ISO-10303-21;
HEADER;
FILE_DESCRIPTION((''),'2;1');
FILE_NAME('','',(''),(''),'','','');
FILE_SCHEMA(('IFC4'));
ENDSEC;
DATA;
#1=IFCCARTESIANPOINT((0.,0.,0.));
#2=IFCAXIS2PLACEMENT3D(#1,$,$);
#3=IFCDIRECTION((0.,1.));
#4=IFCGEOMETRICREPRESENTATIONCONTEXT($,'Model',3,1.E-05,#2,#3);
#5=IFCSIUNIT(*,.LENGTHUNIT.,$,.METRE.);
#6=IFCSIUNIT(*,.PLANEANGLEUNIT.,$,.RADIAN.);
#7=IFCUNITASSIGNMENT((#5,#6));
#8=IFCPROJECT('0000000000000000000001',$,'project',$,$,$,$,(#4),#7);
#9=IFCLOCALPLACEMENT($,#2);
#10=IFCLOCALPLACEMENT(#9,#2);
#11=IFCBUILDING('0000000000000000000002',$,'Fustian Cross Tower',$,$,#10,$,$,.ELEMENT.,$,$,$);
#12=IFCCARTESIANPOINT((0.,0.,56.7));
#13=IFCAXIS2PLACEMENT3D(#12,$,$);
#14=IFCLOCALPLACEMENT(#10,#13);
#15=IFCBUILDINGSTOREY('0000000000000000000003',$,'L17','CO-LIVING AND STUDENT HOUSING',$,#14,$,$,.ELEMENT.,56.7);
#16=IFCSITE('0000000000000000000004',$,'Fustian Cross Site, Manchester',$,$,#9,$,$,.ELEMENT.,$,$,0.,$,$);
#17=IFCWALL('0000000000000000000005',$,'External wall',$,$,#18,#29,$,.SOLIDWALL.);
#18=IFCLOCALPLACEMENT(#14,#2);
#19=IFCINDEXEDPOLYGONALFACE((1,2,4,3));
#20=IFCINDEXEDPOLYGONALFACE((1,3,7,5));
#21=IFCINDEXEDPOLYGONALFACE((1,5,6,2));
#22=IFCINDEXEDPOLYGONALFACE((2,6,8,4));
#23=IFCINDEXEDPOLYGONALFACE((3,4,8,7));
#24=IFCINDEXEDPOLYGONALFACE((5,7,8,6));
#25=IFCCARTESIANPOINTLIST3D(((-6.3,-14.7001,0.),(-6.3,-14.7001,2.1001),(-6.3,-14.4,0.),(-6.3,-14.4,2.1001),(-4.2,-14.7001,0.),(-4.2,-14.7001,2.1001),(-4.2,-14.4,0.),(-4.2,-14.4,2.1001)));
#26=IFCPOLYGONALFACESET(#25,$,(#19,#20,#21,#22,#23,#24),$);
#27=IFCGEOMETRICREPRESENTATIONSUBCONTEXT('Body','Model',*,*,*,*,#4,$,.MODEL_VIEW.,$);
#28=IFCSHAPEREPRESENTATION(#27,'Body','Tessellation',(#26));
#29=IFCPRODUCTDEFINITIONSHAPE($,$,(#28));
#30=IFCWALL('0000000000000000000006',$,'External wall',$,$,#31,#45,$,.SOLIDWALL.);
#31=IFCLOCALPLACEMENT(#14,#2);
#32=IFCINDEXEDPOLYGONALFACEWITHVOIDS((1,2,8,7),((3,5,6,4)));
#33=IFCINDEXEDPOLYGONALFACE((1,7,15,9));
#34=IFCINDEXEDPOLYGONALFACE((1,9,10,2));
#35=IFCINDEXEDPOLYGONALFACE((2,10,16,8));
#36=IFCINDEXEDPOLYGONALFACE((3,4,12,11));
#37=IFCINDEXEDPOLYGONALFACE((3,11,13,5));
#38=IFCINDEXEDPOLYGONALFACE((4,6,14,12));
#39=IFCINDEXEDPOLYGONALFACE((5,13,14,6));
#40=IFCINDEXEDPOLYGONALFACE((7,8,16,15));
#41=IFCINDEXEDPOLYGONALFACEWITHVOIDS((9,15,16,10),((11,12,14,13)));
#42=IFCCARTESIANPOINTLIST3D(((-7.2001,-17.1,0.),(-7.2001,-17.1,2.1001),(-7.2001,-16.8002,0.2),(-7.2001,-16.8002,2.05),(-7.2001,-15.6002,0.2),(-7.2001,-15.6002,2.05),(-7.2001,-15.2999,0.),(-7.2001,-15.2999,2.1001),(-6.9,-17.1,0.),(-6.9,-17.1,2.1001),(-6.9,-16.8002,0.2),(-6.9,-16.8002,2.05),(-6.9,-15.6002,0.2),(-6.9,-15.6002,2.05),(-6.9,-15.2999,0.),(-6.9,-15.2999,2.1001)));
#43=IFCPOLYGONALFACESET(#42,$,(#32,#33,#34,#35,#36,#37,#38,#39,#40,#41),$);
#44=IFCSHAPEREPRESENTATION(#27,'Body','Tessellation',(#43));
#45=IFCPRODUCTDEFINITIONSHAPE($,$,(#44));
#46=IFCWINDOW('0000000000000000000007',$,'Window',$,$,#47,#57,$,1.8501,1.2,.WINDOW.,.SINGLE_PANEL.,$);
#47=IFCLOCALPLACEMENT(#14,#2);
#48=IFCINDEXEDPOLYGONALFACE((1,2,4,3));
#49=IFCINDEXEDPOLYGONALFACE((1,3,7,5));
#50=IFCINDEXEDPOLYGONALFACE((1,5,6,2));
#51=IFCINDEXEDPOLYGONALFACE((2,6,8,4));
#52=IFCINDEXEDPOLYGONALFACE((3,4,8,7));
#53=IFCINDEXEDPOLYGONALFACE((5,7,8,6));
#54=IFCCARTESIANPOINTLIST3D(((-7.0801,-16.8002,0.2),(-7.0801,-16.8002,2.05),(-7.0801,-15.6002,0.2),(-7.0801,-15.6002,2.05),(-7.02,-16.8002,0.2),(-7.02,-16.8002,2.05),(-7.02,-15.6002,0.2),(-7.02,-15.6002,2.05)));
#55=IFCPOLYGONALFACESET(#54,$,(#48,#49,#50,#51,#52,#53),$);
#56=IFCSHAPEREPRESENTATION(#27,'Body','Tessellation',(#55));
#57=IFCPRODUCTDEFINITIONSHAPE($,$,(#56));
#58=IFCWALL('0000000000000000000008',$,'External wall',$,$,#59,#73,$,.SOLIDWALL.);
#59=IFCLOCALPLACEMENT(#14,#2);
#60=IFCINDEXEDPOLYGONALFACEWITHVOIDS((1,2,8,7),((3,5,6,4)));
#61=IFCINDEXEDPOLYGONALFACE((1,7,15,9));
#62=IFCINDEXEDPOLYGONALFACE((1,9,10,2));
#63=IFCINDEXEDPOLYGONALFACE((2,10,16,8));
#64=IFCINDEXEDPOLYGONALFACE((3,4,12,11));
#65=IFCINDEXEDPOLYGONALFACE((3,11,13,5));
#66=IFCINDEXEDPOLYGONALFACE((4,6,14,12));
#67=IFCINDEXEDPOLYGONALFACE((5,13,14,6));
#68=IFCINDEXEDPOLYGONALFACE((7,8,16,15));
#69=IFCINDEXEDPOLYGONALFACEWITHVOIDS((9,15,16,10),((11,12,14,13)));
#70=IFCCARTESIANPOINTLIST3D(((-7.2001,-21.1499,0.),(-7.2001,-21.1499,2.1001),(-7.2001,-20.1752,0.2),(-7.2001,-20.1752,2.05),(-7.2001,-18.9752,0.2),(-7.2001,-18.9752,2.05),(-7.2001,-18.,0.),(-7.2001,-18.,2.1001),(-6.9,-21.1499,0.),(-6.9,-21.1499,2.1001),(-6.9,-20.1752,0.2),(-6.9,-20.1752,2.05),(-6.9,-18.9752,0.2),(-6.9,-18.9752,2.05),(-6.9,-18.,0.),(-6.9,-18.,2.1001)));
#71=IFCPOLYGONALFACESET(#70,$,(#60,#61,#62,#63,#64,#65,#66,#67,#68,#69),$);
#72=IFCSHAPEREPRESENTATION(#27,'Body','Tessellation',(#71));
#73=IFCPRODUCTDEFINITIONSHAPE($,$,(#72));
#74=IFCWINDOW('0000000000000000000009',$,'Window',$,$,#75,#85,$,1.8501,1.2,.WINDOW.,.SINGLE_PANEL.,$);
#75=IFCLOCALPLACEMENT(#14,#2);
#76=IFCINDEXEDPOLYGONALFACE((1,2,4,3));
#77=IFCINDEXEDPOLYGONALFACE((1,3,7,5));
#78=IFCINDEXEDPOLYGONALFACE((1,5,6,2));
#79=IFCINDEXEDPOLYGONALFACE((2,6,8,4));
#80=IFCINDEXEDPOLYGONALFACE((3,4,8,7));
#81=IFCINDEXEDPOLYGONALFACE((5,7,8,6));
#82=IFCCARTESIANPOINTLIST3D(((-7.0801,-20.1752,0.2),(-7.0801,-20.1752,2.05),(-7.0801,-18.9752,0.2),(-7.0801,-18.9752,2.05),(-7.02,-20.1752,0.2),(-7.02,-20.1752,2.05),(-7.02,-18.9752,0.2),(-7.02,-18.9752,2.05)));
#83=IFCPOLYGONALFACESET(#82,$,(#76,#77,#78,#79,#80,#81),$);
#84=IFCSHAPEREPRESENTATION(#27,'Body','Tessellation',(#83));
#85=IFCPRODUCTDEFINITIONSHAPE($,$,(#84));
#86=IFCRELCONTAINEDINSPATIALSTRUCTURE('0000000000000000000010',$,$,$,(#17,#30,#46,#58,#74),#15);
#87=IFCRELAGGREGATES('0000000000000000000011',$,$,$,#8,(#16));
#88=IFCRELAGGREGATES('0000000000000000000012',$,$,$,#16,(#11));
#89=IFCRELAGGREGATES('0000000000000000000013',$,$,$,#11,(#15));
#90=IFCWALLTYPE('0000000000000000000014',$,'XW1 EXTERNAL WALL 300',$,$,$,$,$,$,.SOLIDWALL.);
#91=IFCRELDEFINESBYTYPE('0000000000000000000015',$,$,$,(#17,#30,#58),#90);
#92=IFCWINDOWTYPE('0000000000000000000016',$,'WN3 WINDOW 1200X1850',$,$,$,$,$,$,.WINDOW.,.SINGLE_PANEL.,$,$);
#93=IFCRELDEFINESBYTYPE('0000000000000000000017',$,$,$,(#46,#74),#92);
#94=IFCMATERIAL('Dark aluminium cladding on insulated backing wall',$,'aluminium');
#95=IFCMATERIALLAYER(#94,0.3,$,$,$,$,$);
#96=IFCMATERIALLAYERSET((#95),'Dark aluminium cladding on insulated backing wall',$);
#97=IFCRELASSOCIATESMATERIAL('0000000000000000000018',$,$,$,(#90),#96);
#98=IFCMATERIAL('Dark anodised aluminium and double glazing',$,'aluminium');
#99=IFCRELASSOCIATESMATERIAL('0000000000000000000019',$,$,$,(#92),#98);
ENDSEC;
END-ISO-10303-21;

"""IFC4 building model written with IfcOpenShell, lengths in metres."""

from ifc_helpers import new_model, si_unit, direction, frame, frame_2d, origin, place, context, subcontext, project, spatial, rectangle, extrude, material, layer, layer_set, type_object, element, fill, save


model = new_model("IFC4")

# Units and contexts
model_context = context("Model", 3, precision=1e-05, world=origin(), true_north=direction((0.0, 1.0)))
body_context = subcontext(model_context, "Body", "Model", "MODEL_VIEW")
ifc_project = project(units=[si_unit("LENGTHUNIT", "METRE"), si_unit("PLANEANGLEUNIT", "RADIAN")], contexts=[model_context])

# Site, building, storey
site_placement = place(None, origin())
site = spatial("IfcSite", under=ifc_project, at=site_placement, Name="Fustian Cross Site, Manchester", CompositionType="ELEMENT", RefElevation=0.0)
building_placement = place(site_placement, origin())
building = spatial("IfcBuilding", under=site, at=building_placement, Name="Fustian Cross Tower", CompositionType="ELEMENT")
storey_placement = place(building_placement, frame((0.0, 0.0, 56.7)))
storey = spatial("IfcBuildingStorey", under=building, at=storey_placement, Name="L17", Description="CO-LIVING AND STUDENT HOUSING", CompositionType="ELEMENT", Elevation=56.7)

# Wall
ifc_material_1 = material(Name="Dark aluminium cladding on insulated backing wall", Category="aluminium")
ifc_layer_1 = layer(ifc_material_1, 0.3)
ifc_layer_set_1 = layer_set([ifc_layer_1], Name="Dark aluminium cladding on insulated backing wall")
wall_type_1 = type_object("IfcWallType", Name="XW1 EXTERNAL WALL 300", PredefinedType="SOLIDWALL", material=ifc_layer_set_1)
wall_1_placement = place(storey_placement, frame((-4.2, -14.55, 0.0), z_axis=(0.0, 0.0, 1.0), x_axis=(-1.0, 0.0, 0.0)))
element("IfcWall", 1, at=wall_1_placement, inside=storey, type_object=wall_type_1, Name="External wall", PredefinedType="SOLIDWALL", context=body_context, shape_type="SweptSolid", body=[
    extrude(rectangle(XDim=2.1001, YDim=0.3, at=frame_2d((1.05, 0.0))), origin(), (0.0, 0.0, 1.0), 2.1001),
])

# Walls, openings, windows
wall_2_placement = place(storey_placement, frame((-7.05, -15.3, 0.0), z_axis=(0.0, 0.0, 1.0), x_axis=(0.0, -1.0, 0.0)))
wall_2 = element("IfcWall", 2, at=wall_2_placement, inside=storey, type_object=wall_type_1, Name="External wall", PredefinedType="SOLIDWALL", context=body_context, shape_type="SweptSolid", body=[
    extrude(rectangle(XDim=1.8, YDim=0.3, at=frame_2d((0.8999, 0.0))), origin(), (0.0, 0.0, 1.0), 2.1001),
])
opening_1_placement = place(wall_2_placement, frame((0.3, 0.0, 0.2)))
opening_1 = element("IfcOpeningElement", 3, at=opening_1_placement, cuts=wall_2, PredefinedType="OPENING", context=body_context, shape_type="SweptSolid", body=[
    extrude(rectangle(XDim=1.2, YDim=1.8501, at=frame_2d((0.6001, 0.925))), frame((0.0, 0.1599, 0.0), z_axis=(0.0, -1.0, 0.0), x_axis=(1.0, 0.0, 0.0)), (0.0, 0.0, 1.0), 0.3201),
])
ifc_material_2 = material(Name="Dark anodised aluminium and double glazing", Category="aluminium")
window_type = type_object("IfcWindowType", Name="WN3 WINDOW 1200X1850", PartitioningType="SINGLE_PANEL", PredefinedType="WINDOW", material=ifc_material_2)
window_1_placement = place(opening_1_placement, origin())
window_1 = element("IfcWindow", 4, at=window_1_placement, inside=storey, type_object=window_type, Name="Window", OverallHeight=1.8501, OverallWidth=1.2, PartitioningType="SINGLE_PANEL", PredefinedType="WINDOW", context=body_context, shape_type="SweptSolid", body=[
    extrude(rectangle(XDim=1.2, YDim=1.8501, at=frame_2d((0.6001, 0.925))), frame((0.0, 0.03, 0.0), z_axis=(0.0, -1.0, 0.0), x_axis=(1.0, 0.0, 0.0)), (0.0, 0.0, 1.0), 0.0601),
])
fill(opening_1, window_1)
wall_3_placement = place(storey_placement, frame((-7.05, -18.0, 0.0), z_axis=(0.0, 0.0, 1.0), x_axis=(0.0, -1.0, 0.0)))
wall_3 = element("IfcWall", 5, at=wall_3_placement, inside=storey, type_object=wall_type_1, Name="External wall", PredefinedType="SOLIDWALL", context=body_context, shape_type="SweptSolid", body=[
    extrude(rectangle(XDim=3.1499, YDim=0.3, at=frame_2d((1.575, 0.0))), origin(), (0.0, 0.0, 1.0), 2.1001),
])
opening_2_placement = place(wall_3_placement, frame((0.9751, 0.0, 0.2)))
opening_2 = element("IfcOpeningElement", 6, at=opening_2_placement, cuts=wall_3, PredefinedType="OPENING", context=body_context, shape_type="SweptSolid", body=[
    extrude(rectangle(XDim=1.2, YDim=1.8501, at=frame_2d((0.6001, 0.925))), frame((0.0, 0.1599, 0.0), z_axis=(0.0, -1.0, 0.0), x_axis=(1.0, 0.0, 0.0)), (0.0, 0.0, 1.0), 0.3201),
])
window_2_placement = place(opening_2_placement, origin())
window_2 = element("IfcWindow", 7, at=window_2_placement, inside=storey, type_object=window_type, Name="Window", OverallHeight=1.8501, OverallWidth=1.2, PartitioningType="SINGLE_PANEL", PredefinedType="WINDOW", context=body_context, shape_type="SweptSolid", body=[
    extrude(rectangle(XDim=1.2, YDim=1.8501, at=frame_2d((0.6001, 0.925))), frame((0.0, 0.03, 0.0), z_axis=(0.0, -1.0, 0.0), x_axis=(1.0, 0.0, 0.0)), (0.0, 0.0, 1.0), 0.0601),
])
fill(opening_2, window_2)

save(model, "model.ifc")
